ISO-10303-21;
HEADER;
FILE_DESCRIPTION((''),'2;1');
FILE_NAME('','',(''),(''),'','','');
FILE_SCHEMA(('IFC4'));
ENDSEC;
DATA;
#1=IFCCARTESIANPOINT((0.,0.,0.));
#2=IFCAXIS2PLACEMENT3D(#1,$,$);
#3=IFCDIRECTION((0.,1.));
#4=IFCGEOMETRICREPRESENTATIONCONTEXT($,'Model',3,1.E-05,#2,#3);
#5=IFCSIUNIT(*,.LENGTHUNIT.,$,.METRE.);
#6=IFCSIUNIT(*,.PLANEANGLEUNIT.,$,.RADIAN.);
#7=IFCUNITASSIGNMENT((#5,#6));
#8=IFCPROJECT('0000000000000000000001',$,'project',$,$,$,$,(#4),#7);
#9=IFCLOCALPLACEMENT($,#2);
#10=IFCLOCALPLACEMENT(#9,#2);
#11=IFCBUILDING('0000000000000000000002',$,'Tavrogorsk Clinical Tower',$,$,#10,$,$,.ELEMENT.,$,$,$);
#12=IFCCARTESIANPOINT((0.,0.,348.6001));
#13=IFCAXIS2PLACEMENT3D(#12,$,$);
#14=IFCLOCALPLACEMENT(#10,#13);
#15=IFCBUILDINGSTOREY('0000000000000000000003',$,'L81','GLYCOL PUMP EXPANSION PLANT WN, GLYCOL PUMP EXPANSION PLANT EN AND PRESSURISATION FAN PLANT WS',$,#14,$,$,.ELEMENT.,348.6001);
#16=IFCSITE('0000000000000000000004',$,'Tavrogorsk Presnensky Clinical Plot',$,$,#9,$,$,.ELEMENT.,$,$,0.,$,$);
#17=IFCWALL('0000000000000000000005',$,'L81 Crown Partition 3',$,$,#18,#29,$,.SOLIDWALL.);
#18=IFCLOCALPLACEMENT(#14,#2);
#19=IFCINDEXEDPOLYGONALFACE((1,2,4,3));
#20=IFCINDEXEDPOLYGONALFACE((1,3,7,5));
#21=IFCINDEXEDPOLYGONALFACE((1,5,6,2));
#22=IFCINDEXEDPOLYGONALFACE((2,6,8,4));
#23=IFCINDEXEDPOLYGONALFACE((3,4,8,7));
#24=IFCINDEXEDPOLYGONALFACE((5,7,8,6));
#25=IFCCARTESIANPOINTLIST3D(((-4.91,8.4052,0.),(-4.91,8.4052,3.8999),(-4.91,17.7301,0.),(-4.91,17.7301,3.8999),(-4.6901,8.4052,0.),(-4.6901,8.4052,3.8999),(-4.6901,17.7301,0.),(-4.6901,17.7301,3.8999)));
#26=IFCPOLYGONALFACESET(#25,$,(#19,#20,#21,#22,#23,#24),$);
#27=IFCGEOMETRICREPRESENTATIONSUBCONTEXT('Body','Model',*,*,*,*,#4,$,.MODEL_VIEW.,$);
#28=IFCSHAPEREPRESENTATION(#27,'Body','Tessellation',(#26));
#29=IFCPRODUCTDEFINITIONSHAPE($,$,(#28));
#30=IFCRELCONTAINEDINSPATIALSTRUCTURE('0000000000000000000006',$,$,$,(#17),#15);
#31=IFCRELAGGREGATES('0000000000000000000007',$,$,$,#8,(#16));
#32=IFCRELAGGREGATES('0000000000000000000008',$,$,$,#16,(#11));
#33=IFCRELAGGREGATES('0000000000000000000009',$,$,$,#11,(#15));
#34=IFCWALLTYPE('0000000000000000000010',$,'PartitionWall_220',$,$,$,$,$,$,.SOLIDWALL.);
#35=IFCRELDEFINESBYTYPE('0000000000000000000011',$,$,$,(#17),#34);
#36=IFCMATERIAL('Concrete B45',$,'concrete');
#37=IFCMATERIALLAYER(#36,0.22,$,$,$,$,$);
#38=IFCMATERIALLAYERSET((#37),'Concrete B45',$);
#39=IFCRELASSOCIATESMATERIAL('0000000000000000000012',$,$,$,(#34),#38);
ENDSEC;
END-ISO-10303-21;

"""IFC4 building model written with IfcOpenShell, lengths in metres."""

from ifc_helpers import new_model, si_unit, direction, frame, frame_2d, origin, place, context, subcontext, project, spatial, rectangle, extrude, material, layer, layer_set, type_object, element, save


model = new_model("IFC4")

# Units and contexts
model_context = context("Model", 3, precision=1e-05, world=origin(), true_north=direction((0.0, 1.0)))
body_context = subcontext(model_context, "Body", "Model", "MODEL_VIEW")
ifc_project = project(units=[si_unit("LENGTHUNIT", "METRE"), si_unit("PLANEANGLEUNIT", "RADIAN")], contexts=[model_context])

# Site, building, storey
site_placement = place(None, origin())
site = spatial("IfcSite", under=ifc_project, at=site_placement, Name="Tavrogorsk Presnensky Clinical Plot", CompositionType="ELEMENT", RefElevation=0.0)
building_placement = place(site_placement, origin())
building = spatial("IfcBuilding", under=site, at=building_placement, Name="Tavrogorsk Clinical Tower", CompositionType="ELEMENT")
storey_placement = place(building_placement, frame((0.0, 0.0, 348.6001)))
storey = spatial("IfcBuildingStorey", under=building, at=storey_placement, Name="L81", Description="GLYCOL PUMP EXPANSION PLANT WN, GLYCOL PUMP EXPANSION PLANT EN AND PRESSURISATION FAN PLANT WS", CompositionType="ELEMENT", Elevation=348.6001)

# Wall
ifc_material_1 = material(Name="Concrete B45", Category="concrete")
ifc_layer_1 = layer(ifc_material_1, 0.22)
ifc_layer_set_1 = layer_set([ifc_layer_1], Name="Concrete B45")
wall_type_1 = type_object("IfcWallType", Name="PartitionWall_220", PredefinedType="SOLIDWALL", material=ifc_layer_set_1)
wall_1_placement = place(storey_placement, frame((-4.8, 8.405, 0.0), z_axis=(0.0, 0.0, 1.0), x_axis=(0.0, 1.0, 0.0)))
element("IfcWall", 1, at=wall_1_placement, inside=storey, type_object=wall_type_1, Name="L81 Crown Partition 3", PredefinedType="SOLIDWALL", context=body_context, shape_type="SweptSolid", body=[
    extrude(rectangle(XDim=9.325, YDim=0.22, at=frame_2d((4.6626, 0.0))), origin(), (0.0, 0.0, 1.0), 3.8999),
])

save(model, "model.ifc")
